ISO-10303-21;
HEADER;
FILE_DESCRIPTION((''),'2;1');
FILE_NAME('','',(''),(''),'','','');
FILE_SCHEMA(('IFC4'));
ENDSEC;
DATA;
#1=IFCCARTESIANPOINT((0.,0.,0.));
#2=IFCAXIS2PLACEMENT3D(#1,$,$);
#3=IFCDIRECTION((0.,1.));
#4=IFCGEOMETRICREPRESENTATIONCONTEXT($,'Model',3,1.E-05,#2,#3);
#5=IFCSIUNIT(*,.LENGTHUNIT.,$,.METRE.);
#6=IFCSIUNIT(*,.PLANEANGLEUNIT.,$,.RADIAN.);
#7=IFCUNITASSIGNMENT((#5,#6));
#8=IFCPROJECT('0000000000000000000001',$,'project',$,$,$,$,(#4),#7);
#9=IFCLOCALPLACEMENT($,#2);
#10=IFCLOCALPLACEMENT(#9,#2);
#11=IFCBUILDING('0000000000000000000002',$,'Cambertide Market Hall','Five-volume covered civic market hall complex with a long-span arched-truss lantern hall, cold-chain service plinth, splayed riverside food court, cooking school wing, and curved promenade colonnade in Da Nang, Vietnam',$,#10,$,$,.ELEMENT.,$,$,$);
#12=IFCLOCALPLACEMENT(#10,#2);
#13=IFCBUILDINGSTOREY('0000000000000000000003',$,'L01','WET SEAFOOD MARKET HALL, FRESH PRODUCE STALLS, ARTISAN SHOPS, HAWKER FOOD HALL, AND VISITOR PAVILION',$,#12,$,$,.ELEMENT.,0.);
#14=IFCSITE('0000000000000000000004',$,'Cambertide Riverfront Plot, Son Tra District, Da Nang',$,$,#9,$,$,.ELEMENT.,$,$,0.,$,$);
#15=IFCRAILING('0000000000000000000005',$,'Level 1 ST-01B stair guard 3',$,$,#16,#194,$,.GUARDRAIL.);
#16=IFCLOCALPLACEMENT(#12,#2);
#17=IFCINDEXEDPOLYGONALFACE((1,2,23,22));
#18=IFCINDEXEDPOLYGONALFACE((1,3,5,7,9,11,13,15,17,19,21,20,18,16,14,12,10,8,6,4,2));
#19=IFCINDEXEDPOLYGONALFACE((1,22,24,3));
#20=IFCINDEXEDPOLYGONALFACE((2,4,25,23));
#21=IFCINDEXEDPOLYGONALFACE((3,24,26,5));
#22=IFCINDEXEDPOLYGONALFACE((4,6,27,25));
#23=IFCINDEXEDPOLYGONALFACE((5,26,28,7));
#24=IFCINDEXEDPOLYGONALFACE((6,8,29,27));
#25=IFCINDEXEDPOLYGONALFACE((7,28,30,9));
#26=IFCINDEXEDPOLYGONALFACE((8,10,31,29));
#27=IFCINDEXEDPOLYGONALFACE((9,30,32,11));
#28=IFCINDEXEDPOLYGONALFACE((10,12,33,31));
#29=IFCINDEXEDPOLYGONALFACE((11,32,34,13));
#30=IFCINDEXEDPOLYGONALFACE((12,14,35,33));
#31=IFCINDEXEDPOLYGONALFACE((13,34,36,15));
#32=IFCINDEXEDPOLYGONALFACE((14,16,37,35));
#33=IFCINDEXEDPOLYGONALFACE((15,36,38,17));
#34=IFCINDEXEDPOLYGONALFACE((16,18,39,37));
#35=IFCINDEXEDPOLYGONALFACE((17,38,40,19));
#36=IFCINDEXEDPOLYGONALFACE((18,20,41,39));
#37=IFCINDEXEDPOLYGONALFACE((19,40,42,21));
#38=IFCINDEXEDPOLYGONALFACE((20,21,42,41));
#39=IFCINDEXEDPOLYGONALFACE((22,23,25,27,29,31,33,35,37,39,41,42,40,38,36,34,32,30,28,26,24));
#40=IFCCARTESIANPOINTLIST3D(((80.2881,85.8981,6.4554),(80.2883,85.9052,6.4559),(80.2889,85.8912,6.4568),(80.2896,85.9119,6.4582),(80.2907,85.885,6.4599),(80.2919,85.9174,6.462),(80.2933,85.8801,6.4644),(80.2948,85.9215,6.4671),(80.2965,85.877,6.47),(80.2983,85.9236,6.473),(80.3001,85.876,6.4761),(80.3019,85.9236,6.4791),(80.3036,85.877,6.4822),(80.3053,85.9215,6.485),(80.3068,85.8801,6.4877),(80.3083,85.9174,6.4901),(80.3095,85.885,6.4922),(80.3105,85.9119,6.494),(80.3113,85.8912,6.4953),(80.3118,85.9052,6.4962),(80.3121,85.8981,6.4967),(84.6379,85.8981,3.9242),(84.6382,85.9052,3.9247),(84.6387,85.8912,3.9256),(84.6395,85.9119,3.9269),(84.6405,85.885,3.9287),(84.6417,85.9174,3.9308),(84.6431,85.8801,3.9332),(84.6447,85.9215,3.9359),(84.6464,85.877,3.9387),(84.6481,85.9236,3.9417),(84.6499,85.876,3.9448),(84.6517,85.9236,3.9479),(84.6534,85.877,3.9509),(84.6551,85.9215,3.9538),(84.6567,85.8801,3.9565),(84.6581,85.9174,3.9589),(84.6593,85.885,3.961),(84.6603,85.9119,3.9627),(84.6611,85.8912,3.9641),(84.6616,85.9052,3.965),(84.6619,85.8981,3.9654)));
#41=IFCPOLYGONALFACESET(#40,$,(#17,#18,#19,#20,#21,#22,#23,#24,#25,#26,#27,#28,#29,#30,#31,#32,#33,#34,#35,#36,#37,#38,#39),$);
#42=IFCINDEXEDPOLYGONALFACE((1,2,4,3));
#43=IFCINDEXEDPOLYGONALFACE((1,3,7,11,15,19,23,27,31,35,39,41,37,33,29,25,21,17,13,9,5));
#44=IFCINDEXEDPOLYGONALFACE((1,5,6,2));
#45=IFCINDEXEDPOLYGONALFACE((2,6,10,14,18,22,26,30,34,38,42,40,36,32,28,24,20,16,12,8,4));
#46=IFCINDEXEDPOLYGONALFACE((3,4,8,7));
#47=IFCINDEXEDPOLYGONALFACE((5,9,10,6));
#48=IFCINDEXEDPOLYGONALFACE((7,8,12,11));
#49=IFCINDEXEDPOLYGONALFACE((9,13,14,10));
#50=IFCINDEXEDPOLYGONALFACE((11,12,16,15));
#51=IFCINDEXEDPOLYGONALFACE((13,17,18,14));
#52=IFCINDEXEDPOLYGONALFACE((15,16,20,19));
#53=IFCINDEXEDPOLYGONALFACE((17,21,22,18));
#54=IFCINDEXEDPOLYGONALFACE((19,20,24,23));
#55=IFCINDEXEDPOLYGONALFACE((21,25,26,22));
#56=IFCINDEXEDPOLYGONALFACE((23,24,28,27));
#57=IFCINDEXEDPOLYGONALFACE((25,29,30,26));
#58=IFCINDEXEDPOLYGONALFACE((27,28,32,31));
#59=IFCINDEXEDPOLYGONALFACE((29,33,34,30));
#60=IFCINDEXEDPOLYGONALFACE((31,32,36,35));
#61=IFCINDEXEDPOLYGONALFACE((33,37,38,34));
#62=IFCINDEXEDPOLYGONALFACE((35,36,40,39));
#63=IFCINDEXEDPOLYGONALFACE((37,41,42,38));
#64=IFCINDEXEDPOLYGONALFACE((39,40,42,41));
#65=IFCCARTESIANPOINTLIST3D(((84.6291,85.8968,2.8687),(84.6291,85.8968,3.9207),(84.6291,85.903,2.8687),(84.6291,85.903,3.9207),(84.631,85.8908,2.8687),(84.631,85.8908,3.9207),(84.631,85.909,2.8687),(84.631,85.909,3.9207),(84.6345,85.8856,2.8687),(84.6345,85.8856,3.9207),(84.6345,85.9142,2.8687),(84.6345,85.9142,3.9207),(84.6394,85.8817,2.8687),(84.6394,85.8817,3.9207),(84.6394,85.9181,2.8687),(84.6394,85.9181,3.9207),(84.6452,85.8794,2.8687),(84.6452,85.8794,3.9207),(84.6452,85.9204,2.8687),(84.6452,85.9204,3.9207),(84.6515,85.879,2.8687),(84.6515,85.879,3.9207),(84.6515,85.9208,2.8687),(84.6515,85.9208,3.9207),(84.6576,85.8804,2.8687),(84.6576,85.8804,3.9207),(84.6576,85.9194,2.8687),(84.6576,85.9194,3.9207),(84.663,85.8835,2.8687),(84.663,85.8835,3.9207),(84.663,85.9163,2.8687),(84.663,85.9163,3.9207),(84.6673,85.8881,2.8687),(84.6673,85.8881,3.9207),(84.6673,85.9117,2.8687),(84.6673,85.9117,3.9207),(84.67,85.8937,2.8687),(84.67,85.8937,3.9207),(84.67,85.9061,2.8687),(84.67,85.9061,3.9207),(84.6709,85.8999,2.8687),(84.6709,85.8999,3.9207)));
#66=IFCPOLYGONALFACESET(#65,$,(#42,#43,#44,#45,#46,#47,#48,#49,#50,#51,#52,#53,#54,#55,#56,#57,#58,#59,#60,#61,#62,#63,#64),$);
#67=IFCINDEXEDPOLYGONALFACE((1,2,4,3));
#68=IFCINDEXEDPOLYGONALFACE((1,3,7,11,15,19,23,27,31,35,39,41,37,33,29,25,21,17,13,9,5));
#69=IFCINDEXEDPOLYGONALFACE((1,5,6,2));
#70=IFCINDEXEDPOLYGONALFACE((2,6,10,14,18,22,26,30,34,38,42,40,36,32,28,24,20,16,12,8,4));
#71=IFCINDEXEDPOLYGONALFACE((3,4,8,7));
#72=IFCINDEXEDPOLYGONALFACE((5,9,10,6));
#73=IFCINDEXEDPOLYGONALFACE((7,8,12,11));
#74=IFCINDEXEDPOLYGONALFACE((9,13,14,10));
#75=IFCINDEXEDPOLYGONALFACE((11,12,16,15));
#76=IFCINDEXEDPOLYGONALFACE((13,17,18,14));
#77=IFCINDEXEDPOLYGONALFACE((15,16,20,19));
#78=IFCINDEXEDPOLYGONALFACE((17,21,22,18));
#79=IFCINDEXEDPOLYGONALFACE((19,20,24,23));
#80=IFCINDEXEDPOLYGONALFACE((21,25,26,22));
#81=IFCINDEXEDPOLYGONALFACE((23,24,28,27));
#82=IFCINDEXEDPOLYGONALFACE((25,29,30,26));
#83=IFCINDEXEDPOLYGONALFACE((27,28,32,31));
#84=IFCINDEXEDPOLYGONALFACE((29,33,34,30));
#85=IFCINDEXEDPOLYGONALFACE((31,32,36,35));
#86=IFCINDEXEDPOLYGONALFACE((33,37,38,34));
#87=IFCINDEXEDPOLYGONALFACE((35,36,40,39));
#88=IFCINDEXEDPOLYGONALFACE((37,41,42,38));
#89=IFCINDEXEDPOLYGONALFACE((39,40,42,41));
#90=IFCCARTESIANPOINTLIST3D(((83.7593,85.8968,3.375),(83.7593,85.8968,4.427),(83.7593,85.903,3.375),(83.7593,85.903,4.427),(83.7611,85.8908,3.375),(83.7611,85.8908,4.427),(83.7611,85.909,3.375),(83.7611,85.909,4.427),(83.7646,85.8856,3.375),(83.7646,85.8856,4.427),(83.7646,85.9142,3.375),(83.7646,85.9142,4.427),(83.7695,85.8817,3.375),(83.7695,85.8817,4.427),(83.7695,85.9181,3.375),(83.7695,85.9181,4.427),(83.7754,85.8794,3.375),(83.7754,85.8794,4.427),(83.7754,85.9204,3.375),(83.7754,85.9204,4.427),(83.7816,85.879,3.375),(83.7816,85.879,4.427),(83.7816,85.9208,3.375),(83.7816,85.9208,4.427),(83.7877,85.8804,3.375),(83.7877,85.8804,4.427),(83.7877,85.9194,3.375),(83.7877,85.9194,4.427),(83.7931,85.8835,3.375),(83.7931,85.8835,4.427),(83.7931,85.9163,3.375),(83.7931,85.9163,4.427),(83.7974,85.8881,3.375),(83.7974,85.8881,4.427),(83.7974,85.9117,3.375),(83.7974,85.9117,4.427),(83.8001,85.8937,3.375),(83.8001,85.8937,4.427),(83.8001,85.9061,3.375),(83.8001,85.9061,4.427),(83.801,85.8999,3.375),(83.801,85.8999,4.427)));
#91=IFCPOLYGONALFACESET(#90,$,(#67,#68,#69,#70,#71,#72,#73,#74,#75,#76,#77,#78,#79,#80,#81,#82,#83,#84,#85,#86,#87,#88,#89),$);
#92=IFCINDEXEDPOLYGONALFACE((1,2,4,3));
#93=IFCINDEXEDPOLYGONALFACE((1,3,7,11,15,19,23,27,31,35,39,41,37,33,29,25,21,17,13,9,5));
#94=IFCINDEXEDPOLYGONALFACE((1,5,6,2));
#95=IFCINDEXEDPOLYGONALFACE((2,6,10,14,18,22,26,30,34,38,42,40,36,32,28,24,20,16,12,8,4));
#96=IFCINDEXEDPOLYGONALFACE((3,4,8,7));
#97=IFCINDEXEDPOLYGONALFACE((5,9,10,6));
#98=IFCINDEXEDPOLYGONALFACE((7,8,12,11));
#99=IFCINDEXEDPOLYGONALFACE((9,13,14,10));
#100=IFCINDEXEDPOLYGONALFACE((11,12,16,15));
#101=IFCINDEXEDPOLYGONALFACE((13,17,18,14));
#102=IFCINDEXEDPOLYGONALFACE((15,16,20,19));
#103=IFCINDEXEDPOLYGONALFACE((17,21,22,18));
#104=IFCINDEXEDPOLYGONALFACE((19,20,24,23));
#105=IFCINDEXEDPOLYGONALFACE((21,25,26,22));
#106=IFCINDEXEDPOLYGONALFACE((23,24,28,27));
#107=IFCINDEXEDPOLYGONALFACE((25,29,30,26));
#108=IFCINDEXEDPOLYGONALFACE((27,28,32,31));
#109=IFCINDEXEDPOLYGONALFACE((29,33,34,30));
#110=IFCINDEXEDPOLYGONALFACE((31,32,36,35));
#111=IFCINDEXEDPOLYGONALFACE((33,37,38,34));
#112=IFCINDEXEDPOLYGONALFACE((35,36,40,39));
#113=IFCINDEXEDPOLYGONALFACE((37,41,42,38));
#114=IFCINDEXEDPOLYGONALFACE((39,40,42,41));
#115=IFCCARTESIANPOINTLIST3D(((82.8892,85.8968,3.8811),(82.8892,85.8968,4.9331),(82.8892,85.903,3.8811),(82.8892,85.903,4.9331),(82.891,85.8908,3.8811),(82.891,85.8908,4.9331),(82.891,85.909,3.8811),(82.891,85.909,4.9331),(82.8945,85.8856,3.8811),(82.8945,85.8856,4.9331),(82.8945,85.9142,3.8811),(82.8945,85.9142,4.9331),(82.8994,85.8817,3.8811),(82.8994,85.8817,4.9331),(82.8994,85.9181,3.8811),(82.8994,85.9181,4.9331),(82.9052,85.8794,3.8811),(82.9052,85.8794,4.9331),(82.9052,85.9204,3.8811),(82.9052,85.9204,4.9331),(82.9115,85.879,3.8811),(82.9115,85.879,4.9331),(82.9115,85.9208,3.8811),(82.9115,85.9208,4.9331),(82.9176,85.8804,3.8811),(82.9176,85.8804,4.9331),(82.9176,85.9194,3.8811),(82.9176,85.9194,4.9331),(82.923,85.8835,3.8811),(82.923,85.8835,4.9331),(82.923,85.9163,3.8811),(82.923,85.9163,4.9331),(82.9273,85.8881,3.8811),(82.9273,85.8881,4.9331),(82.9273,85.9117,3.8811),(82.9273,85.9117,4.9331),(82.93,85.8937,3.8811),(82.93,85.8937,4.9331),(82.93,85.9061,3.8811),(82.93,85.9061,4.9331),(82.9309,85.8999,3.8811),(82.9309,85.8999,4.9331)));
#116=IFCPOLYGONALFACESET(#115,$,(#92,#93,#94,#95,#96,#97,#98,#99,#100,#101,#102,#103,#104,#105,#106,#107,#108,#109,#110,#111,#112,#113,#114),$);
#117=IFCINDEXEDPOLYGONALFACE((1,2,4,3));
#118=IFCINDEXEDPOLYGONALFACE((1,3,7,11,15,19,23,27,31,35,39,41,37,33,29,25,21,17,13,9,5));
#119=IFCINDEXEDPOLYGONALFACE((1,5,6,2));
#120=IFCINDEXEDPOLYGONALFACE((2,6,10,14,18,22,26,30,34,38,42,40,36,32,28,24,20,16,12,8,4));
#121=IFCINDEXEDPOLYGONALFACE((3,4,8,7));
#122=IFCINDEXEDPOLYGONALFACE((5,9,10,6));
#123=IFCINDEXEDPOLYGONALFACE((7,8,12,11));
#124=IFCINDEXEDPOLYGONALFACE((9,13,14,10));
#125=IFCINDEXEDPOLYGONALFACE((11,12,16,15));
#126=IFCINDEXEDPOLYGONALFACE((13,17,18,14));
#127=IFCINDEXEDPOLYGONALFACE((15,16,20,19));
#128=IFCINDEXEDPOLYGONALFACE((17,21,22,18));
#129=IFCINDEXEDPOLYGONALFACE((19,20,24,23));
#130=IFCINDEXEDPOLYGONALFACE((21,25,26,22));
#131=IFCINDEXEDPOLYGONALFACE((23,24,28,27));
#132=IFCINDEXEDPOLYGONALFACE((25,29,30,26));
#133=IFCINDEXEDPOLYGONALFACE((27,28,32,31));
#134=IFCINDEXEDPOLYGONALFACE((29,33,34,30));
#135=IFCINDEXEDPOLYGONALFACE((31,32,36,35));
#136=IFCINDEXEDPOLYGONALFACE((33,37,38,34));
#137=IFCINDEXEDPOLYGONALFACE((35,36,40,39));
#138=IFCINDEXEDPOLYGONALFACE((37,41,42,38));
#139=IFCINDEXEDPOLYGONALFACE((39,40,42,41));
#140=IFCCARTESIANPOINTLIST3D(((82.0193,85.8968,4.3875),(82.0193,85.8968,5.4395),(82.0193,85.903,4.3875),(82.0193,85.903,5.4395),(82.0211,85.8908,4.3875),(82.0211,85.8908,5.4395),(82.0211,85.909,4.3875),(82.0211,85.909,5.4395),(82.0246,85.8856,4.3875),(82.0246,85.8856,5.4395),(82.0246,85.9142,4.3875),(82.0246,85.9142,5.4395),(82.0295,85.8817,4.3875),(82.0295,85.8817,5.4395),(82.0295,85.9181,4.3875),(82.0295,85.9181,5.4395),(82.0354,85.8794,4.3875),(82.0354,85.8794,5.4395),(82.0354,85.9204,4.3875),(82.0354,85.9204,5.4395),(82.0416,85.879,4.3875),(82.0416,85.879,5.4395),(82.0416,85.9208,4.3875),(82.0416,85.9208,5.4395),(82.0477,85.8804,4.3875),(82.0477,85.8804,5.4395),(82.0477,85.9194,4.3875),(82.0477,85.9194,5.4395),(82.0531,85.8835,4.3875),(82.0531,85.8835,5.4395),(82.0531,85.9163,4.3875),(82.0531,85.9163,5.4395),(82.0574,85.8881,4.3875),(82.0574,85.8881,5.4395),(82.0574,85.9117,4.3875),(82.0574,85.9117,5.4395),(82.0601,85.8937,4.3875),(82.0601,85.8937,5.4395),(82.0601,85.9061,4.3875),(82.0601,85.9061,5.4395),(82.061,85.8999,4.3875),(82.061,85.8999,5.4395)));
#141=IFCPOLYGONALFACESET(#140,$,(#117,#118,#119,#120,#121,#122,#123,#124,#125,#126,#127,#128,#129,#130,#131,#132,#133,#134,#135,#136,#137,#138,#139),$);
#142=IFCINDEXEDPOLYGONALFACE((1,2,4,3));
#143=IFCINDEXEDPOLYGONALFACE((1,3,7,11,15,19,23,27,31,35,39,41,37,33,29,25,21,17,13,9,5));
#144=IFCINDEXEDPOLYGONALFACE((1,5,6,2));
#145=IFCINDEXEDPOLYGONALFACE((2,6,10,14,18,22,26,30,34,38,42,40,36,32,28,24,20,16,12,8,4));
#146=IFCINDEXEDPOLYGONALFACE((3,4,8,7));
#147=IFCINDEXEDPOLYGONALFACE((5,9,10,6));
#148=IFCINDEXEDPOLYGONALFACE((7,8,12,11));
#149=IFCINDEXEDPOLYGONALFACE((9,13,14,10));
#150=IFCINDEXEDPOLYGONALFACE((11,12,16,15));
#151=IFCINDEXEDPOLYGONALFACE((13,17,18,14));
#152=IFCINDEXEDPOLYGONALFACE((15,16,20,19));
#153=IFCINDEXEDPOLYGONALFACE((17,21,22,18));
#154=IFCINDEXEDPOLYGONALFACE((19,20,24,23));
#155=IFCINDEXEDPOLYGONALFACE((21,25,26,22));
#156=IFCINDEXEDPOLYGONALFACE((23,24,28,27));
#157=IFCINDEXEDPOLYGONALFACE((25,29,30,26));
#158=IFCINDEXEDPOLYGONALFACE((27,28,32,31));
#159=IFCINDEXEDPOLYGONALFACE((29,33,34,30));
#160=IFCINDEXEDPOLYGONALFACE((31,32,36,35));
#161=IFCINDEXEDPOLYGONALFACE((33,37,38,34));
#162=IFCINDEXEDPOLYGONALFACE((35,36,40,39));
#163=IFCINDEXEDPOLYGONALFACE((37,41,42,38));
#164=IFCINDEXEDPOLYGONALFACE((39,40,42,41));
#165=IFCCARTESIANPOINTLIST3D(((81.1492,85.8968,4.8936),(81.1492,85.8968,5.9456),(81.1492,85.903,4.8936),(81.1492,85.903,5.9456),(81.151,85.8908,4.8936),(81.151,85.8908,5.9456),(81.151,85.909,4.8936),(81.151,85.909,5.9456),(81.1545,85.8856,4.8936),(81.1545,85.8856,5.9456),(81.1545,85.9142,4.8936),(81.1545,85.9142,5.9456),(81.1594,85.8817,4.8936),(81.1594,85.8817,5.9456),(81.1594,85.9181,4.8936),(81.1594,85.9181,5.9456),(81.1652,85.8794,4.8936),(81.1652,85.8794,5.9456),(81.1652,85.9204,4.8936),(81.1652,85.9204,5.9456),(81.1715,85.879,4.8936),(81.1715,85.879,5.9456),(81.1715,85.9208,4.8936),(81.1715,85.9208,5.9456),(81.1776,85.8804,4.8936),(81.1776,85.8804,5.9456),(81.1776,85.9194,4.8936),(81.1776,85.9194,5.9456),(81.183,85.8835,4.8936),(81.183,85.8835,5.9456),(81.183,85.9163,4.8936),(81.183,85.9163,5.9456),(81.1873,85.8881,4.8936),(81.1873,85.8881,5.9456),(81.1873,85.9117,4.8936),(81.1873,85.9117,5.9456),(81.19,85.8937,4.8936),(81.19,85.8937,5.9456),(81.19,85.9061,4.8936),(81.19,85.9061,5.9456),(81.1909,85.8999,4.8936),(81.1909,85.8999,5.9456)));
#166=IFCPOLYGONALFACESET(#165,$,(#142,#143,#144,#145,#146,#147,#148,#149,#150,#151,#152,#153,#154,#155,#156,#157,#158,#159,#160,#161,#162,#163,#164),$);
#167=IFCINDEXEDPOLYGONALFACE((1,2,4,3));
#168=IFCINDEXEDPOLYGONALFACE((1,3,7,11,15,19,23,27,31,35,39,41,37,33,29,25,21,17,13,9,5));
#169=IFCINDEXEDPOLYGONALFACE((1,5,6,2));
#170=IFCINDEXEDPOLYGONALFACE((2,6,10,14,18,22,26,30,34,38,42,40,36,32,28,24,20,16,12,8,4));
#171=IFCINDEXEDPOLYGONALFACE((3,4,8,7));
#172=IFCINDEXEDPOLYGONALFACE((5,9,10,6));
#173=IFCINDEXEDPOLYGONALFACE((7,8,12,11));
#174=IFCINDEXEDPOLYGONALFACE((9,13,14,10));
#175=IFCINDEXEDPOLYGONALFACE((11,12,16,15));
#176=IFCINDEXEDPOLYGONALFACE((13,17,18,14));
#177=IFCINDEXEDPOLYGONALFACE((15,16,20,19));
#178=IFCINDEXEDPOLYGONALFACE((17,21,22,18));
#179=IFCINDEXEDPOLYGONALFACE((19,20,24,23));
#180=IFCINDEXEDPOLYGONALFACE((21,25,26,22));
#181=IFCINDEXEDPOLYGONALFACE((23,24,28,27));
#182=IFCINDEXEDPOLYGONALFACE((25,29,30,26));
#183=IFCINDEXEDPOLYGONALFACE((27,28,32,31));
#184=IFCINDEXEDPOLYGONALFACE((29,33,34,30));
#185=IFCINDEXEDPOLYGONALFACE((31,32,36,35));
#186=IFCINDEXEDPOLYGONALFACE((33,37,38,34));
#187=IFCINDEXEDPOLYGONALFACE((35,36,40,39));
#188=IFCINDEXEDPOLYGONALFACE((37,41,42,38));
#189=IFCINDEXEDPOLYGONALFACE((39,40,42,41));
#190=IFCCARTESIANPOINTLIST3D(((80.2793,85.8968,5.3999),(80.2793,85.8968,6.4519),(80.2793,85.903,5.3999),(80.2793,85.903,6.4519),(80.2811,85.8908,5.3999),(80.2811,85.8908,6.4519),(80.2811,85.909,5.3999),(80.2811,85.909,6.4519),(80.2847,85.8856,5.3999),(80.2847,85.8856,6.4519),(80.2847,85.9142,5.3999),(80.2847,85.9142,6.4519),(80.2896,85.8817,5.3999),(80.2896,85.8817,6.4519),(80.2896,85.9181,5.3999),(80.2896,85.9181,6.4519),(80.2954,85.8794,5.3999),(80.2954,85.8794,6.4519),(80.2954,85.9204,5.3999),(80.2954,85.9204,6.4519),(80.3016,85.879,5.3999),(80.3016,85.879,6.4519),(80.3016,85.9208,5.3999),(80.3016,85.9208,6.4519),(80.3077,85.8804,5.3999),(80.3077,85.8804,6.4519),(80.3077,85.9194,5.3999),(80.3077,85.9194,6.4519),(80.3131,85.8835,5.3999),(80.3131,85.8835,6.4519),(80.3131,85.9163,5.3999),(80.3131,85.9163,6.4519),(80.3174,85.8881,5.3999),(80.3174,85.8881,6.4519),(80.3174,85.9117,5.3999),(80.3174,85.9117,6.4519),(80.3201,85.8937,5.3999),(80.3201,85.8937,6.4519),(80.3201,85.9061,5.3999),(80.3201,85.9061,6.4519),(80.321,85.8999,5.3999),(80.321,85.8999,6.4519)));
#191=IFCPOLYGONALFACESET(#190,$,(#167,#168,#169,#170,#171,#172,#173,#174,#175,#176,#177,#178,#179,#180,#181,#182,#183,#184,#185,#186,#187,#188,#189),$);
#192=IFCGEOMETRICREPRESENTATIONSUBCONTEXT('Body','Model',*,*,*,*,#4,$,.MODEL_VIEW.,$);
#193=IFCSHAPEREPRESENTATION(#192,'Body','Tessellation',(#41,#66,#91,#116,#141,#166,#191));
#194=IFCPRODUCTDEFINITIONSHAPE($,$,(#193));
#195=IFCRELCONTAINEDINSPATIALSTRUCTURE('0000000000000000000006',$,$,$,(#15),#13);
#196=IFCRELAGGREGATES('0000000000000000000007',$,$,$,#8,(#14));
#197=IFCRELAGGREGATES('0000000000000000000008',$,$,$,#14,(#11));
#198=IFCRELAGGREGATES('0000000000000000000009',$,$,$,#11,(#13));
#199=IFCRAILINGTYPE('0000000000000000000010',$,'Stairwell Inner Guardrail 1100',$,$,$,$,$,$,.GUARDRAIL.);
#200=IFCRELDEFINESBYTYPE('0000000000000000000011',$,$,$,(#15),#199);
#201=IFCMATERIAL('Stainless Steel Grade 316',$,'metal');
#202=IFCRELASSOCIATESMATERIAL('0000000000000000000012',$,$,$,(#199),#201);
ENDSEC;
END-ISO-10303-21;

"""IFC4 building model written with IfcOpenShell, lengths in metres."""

from ifc_helpers import new_model, si_unit, direction, frame, origin, origin_2d, place, context, subcontext, project, spatial, circle, extrude, material, type_object, element, save


model = new_model("IFC4")

# Units and contexts
model_context = context("Model", 3, precision=1e-05, world=origin(), true_north=direction((0.0, 1.0)))
body_context = subcontext(model_context, "Body", "Model", "MODEL_VIEW")
ifc_project = project(units=[si_unit("LENGTHUNIT", "METRE"), si_unit("PLANEANGLEUNIT", "RADIAN")], contexts=[model_context])

# Site, building, storey
site_placement = place(None, origin())
site = spatial("IfcSite", under=ifc_project, at=site_placement, Name="Cambertide Riverfront Plot, Son Tra District, Da Nang", CompositionType="ELEMENT", RefElevation=0.0)
building_placement = place(site_placement, origin())
building = spatial("IfcBuilding", under=site, at=building_placement, Name="Cambertide Market Hall", Description="Five-volume covered civic market hall complex with a long-span arched-truss lantern hall, cold-chain service plinth, splayed riverside food court, cooking school wing, and curved promenade colonnade in Da Nang, Vietnam", CompositionType="ELEMENT")
storey_placement = place(building_placement, origin())
storey = spatial("IfcBuildingStorey", under=building, at=storey_placement, Name="L01", Description="WET SEAFOOD MARKET HALL, FRESH PRODUCE STALLS, ARTISAN SHOPS, HAWKER FOOD HALL, AND VISITOR PAVILION", CompositionType="ELEMENT", Elevation=0.0)

# Railing
ifc_material_1 = material(Name="Stainless Steel Grade 316", Category="metal")
railing_type_1 = type_object("IfcRailingType", Name="Stairwell Inner Guardrail 1100", PredefinedType="GUARDRAIL", material=ifc_material_1)
railing_1_placement = place(storey_placement, frame((84.6499, 85.8999, 2.8687)))
element("IfcRailing", 1, at=railing_1_placement, inside=storey, type_object=railing_type_1, Name="Level 1 ST-01B stair guard 3", PredefinedType="GUARDRAIL", context=body_context, shape_type="SweptSolid", body=[
    extrude(circle(Radius=0.0239, at=origin_2d()), frame((0.0, 0.0, 1.0762), z_axis=(-0.864312, 0.0, 0.502957), x_axis=(0.0, -1.0, 0.0)), (0.0, 0.0, 1.0), 5.0327),
    extrude(circle(Radius=0.021, at=origin_2d()), origin(), (0.0, 0.0, 1.0), 1.052),
    extrude(circle(Radius=0.021, at=origin_2d()), frame((-0.8699, 0.0, 0.5063)), (0.0, 0.0, 1.0), 1.052),
    extrude(circle(Radius=0.021, at=origin_2d()), frame((-1.74, 0.0, 1.0125)), (0.0, 0.0, 1.0), 1.052),
    extrude(circle(Radius=0.021, at=origin_2d()), frame((-2.6099, 0.0, 1.5188)), (0.0, 0.0, 1.0), 1.052),
    extrude(circle(Radius=0.021, at=origin_2d()), frame((-3.48, 0.0, 2.0249)), (0.0, 0.0, 1.0), 1.052),
    extrude(circle(Radius=0.021, at=origin_2d()), frame((-4.3499, 0.0, 2.5312)), (0.0, 0.0, 1.0), 1.052),
])

save(model, "model.ifc")
